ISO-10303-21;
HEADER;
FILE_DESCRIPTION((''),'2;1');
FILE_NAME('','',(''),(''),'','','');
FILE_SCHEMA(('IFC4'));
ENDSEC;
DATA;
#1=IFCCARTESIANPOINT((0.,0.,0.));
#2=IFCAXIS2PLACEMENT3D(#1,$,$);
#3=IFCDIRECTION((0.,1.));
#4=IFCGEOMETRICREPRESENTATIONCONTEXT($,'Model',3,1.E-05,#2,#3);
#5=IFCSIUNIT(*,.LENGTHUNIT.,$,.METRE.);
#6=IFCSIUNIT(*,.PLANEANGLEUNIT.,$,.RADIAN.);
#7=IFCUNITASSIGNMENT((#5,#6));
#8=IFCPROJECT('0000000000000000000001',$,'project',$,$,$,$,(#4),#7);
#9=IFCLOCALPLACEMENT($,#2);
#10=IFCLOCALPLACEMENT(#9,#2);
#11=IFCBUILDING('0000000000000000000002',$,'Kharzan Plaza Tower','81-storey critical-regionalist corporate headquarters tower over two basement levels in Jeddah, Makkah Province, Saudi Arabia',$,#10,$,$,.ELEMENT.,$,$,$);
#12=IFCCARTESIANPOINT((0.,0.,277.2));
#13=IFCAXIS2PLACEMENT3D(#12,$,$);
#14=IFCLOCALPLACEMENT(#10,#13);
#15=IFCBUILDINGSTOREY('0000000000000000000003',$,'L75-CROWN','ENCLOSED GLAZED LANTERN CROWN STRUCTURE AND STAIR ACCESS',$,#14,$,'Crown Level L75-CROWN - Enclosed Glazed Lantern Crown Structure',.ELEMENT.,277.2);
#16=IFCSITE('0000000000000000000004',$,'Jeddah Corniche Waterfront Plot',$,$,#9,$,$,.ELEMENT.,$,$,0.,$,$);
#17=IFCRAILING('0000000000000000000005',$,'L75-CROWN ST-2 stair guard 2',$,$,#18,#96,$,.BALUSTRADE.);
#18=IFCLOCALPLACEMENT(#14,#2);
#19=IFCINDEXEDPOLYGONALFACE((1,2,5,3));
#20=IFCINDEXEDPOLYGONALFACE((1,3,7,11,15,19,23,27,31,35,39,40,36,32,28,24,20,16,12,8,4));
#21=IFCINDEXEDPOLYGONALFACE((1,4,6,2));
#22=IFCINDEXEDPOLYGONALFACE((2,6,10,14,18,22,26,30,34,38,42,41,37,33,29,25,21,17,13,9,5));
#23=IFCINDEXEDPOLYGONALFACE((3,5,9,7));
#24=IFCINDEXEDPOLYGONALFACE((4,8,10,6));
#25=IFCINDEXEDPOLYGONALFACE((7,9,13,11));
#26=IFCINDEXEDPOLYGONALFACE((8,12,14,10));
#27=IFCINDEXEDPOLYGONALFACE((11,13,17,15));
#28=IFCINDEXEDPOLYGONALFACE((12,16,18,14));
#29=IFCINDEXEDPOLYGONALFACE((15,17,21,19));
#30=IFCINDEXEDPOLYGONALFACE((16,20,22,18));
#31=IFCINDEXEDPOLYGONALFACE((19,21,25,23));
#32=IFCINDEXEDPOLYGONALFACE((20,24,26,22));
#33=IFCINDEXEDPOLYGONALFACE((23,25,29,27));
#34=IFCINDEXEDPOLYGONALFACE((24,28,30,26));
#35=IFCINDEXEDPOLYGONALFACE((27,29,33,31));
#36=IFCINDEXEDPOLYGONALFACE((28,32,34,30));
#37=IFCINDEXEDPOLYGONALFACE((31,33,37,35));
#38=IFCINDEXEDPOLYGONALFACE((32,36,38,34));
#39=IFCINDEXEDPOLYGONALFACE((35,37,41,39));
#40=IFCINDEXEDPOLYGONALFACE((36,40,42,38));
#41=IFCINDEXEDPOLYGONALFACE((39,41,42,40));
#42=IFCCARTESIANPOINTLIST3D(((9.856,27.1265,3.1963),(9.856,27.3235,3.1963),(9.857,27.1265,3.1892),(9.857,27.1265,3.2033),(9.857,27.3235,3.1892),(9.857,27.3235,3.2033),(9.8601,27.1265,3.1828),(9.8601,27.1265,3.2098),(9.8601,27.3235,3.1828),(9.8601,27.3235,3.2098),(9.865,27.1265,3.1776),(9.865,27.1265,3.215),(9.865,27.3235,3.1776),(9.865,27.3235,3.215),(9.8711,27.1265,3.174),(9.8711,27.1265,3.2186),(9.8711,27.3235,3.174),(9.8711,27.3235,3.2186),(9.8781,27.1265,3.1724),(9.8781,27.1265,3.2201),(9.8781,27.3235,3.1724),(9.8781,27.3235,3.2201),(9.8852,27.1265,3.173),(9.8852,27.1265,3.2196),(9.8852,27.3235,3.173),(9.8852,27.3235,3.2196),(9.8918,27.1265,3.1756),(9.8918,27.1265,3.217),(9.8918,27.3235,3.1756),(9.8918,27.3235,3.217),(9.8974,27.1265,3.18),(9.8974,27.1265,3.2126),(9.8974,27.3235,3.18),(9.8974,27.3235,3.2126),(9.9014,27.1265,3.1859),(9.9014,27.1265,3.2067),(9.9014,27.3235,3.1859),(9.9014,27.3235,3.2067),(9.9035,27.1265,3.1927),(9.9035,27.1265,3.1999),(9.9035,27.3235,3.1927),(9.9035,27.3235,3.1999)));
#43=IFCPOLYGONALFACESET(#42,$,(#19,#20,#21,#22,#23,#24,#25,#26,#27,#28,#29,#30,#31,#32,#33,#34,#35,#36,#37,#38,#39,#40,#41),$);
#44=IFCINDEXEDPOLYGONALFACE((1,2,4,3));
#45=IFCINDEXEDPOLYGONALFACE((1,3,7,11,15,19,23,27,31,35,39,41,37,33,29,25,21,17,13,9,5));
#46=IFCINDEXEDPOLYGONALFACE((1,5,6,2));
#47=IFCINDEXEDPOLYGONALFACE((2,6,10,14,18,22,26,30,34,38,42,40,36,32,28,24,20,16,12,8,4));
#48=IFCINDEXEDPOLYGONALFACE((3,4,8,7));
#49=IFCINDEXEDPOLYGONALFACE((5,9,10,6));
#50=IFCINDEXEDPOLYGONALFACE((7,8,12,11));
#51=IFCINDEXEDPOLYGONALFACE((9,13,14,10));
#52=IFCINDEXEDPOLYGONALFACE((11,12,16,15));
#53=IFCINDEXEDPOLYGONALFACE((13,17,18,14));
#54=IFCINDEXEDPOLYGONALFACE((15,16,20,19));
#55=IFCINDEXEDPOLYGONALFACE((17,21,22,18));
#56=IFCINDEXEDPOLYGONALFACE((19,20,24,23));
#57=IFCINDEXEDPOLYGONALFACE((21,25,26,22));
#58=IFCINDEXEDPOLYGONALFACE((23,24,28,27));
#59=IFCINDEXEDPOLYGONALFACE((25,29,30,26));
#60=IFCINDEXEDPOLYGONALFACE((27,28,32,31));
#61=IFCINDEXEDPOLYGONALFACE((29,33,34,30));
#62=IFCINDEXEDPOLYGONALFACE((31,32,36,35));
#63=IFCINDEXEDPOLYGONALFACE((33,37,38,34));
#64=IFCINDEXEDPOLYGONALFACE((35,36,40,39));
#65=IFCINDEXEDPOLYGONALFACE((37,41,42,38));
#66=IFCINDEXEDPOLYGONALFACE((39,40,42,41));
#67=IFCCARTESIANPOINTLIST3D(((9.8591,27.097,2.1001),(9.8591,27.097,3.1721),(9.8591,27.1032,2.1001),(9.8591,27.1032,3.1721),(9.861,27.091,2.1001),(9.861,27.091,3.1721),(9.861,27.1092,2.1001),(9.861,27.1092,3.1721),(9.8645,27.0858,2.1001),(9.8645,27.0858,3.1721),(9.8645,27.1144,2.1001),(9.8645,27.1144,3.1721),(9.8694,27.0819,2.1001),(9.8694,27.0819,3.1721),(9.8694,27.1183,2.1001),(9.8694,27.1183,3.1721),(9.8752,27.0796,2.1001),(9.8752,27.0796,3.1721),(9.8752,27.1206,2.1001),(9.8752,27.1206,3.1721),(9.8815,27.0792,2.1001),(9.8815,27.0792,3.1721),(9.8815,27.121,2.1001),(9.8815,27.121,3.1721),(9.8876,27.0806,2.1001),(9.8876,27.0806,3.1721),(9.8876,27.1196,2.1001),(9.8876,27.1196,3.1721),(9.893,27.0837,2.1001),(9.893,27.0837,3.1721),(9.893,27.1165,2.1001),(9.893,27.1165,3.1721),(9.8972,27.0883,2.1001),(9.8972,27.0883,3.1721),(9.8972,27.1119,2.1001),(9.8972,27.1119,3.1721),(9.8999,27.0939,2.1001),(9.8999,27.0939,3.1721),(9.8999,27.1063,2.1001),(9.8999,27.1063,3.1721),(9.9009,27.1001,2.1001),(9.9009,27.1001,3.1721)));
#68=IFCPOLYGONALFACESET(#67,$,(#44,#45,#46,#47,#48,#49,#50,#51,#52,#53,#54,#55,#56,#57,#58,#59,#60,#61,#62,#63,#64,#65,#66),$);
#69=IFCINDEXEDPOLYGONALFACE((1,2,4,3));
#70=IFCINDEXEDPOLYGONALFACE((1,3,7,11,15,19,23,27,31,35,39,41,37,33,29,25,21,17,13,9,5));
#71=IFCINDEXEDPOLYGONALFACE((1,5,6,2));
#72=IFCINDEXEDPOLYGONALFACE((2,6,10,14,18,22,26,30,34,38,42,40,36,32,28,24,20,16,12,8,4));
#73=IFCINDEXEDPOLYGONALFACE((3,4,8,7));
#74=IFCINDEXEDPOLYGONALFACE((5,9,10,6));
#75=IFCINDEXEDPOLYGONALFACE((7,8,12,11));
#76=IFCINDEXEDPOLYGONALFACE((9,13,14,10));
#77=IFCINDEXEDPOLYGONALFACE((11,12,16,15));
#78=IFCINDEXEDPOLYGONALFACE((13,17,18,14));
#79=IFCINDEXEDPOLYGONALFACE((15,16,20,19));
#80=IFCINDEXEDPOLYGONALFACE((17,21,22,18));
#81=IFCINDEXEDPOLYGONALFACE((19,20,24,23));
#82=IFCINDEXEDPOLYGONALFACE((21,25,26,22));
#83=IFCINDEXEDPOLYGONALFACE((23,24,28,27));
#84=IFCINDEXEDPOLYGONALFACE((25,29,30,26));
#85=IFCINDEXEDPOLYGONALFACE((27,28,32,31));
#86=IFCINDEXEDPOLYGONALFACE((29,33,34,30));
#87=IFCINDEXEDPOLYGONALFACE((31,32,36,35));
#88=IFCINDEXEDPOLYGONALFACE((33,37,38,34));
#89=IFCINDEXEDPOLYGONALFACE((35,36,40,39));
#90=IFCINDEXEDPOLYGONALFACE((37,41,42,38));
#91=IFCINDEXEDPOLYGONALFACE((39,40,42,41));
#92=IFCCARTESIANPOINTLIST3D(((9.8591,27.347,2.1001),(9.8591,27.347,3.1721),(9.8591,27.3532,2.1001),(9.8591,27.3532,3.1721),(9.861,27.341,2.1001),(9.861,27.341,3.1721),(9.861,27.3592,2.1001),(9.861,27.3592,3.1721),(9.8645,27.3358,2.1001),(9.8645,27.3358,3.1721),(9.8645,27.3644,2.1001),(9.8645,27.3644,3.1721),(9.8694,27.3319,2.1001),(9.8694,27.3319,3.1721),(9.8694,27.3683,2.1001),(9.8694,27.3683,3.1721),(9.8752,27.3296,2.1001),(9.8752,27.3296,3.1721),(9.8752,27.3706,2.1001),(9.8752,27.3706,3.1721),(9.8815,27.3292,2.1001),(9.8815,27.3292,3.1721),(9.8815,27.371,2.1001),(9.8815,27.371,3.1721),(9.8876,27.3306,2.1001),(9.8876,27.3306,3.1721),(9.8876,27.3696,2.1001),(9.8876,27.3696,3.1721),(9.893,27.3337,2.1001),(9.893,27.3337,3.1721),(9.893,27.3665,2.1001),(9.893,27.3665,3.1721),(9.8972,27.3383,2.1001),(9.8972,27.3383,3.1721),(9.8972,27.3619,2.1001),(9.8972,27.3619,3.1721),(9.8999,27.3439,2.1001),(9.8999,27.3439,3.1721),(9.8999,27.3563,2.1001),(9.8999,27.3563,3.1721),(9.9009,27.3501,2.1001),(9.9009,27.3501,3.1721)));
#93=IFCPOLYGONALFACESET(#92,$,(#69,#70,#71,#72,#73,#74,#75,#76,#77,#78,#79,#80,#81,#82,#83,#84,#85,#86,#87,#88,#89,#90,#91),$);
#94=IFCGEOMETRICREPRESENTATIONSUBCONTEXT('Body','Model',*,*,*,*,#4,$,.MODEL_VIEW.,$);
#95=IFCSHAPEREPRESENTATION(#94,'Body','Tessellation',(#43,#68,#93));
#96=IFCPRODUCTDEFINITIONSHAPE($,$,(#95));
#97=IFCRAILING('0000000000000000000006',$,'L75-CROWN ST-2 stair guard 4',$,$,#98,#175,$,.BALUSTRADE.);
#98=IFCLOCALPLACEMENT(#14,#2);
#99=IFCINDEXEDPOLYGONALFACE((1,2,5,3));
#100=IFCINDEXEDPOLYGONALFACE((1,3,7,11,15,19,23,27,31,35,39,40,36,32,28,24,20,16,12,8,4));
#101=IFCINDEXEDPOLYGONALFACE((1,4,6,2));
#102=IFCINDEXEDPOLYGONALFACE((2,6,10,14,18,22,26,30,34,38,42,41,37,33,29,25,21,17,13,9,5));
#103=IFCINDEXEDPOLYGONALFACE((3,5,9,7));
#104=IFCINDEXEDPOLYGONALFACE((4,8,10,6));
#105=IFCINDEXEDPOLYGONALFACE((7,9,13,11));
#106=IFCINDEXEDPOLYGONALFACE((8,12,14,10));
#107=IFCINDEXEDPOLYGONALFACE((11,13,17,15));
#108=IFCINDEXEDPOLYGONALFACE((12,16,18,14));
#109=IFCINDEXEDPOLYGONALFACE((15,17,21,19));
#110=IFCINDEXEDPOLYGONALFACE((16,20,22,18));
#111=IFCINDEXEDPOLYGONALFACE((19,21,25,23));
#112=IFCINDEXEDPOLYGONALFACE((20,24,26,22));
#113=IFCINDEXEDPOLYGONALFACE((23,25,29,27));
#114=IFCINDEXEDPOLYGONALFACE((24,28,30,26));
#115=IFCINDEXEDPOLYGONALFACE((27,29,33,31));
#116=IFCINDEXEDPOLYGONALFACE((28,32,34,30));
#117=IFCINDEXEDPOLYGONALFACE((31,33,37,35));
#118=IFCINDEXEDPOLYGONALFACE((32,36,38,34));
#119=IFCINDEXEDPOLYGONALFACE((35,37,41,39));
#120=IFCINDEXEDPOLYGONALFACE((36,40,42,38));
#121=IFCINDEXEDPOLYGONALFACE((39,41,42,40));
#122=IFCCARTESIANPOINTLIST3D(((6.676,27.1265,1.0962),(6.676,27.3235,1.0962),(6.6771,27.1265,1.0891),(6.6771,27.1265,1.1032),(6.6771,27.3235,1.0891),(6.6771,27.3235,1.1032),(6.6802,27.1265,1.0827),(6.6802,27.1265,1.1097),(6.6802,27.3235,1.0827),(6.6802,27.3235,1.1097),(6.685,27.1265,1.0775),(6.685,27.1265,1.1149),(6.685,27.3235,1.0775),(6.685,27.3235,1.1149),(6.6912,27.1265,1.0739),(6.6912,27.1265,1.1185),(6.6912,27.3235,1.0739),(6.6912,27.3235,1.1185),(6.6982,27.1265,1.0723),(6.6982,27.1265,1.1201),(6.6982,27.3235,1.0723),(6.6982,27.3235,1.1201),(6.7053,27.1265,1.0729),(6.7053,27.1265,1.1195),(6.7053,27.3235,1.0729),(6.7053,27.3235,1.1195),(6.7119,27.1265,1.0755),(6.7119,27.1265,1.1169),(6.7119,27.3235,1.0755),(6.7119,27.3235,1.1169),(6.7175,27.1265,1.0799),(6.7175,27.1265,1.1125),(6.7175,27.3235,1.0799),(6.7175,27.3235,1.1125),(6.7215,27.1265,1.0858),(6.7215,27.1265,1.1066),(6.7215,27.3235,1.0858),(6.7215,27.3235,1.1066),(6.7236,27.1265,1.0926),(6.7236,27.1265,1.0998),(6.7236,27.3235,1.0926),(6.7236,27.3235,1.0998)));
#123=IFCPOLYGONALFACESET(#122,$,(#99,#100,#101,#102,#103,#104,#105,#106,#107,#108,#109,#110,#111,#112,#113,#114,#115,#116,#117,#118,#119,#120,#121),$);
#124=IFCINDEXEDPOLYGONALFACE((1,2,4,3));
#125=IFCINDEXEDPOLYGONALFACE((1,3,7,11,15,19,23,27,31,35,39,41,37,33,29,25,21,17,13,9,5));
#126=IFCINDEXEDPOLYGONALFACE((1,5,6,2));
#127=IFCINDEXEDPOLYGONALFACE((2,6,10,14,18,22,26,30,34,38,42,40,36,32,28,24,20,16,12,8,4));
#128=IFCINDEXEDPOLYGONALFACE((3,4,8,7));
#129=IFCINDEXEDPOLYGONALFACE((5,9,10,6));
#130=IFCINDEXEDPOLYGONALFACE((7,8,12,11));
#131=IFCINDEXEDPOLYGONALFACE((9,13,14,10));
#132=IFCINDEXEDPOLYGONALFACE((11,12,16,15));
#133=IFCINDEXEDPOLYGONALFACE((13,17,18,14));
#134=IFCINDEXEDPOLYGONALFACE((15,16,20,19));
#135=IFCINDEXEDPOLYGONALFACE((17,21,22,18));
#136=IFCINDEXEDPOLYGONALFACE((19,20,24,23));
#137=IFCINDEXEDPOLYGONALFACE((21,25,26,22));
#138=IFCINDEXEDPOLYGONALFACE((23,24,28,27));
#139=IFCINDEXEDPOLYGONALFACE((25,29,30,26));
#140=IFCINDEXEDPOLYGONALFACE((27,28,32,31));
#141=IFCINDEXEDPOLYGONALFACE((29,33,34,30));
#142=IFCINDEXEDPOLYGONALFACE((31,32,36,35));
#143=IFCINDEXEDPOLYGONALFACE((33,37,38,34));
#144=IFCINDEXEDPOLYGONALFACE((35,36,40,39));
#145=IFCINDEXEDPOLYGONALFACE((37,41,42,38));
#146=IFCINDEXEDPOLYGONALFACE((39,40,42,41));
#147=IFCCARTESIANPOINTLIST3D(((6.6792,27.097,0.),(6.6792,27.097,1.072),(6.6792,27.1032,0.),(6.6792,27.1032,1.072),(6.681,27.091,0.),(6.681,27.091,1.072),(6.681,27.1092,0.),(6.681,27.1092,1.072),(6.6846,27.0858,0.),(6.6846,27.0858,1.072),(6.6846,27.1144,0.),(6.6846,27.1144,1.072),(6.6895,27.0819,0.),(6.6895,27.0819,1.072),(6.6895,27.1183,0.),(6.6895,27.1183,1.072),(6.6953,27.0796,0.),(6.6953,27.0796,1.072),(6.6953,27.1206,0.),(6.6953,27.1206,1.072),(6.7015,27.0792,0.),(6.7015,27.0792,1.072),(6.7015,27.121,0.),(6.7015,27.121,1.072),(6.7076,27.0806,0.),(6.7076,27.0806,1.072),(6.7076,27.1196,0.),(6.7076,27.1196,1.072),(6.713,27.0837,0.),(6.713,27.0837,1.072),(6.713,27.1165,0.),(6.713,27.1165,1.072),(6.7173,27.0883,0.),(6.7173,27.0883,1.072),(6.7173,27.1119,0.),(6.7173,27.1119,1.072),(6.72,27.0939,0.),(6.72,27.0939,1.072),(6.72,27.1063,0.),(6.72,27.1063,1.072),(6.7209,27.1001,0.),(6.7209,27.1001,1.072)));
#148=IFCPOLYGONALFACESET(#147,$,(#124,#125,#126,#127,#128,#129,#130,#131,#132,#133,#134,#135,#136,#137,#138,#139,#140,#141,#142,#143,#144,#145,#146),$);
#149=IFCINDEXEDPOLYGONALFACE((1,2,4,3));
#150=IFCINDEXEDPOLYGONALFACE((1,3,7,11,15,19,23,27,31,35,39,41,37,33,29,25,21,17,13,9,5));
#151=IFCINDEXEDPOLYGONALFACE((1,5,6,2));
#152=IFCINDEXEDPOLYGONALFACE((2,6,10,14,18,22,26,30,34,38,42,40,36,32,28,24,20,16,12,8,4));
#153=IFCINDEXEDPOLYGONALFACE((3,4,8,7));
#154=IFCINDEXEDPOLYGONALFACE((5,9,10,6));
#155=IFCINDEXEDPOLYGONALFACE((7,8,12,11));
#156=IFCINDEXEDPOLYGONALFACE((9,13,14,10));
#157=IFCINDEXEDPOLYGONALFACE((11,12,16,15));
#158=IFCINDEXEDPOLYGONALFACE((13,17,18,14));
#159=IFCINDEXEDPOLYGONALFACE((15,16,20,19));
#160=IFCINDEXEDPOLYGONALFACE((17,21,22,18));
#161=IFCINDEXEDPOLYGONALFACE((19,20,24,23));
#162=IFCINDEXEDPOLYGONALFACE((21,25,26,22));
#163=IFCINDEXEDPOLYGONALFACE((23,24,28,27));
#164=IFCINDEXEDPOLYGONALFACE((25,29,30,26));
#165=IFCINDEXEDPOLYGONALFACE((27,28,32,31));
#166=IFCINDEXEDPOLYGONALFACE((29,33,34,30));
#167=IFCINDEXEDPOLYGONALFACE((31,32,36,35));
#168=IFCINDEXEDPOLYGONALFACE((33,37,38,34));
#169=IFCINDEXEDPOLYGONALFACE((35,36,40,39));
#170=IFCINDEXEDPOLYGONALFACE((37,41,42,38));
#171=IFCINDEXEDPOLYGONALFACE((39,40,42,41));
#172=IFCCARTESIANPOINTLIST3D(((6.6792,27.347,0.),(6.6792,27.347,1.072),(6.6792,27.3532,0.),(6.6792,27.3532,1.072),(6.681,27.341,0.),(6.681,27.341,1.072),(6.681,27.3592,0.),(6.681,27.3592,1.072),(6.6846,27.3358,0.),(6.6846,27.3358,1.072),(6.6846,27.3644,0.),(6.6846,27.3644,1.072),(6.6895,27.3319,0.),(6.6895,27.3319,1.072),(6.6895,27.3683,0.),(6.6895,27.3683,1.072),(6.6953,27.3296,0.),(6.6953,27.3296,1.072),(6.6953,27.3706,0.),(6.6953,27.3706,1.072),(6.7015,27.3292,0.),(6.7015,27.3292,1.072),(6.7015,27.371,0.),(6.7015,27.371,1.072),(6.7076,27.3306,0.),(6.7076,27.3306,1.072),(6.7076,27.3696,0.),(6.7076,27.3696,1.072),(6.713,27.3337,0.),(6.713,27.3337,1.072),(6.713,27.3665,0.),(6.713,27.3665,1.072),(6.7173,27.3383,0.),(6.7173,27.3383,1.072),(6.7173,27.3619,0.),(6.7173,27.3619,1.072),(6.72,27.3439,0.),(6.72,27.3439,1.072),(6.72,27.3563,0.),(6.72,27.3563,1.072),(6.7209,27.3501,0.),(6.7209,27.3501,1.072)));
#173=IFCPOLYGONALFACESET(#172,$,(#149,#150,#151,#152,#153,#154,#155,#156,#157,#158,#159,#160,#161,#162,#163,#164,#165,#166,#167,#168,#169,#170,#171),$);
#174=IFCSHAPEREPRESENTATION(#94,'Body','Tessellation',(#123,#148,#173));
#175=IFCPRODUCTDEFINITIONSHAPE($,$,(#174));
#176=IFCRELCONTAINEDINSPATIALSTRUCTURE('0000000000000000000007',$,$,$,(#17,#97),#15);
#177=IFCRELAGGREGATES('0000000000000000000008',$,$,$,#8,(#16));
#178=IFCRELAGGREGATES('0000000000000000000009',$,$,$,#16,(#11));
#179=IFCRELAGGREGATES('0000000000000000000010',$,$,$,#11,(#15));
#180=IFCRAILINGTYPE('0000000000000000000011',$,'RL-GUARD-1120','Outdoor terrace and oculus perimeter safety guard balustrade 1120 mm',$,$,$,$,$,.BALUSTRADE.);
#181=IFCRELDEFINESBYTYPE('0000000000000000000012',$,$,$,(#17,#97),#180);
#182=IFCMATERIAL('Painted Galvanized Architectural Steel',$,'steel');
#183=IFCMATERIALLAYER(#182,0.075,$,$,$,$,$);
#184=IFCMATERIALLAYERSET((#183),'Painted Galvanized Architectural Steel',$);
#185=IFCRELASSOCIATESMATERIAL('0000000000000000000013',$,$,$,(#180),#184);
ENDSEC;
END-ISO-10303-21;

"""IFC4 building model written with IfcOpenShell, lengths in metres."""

from ifc_helpers import new_model, si_unit, direction, frame, origin, origin_2d, place, context, subcontext, project, spatial, circle, extrude, source, transform, mapped, material, layer, layer_set, type_object, element, save


model = new_model("IFC4")

# Units and contexts
model_context = context("Model", 3, precision=1e-05, world=origin(), true_north=direction((0.0, 1.0)))
body_context = subcontext(model_context, "Body", "Model", "MODEL_VIEW")
ifc_project = project(units=[si_unit("LENGTHUNIT", "METRE"), si_unit("PLANEANGLEUNIT", "RADIAN")], contexts=[model_context])

# Site, building, storey
site_placement = place(None, origin())
site = spatial("IfcSite", under=ifc_project, at=site_placement, Name="Jeddah Corniche Waterfront Plot", CompositionType="ELEMENT", RefElevation=0.0)
building_placement = place(site_placement, origin())
building = spatial("IfcBuilding", under=site, at=building_placement, Name="Kharzan Plaza Tower", Description="81-storey critical-regionalist corporate headquarters tower over two basement levels in Jeddah, Makkah Province, Saudi Arabia", CompositionType="ELEMENT")
storey_placement = place(building_placement, frame((0.0, 0.0, 277.2)))
storey = spatial("IfcBuildingStorey", under=building, at=storey_placement, Name="L75-CROWN", Description="ENCLOSED GLAZED LANTERN CROWN STRUCTURE AND STAIR ACCESS", LongName="Crown Level L75-CROWN - Enclosed Glazed Lantern Crown Structure", CompositionType="ELEMENT", Elevation=277.2)

# Railings
ifc_material_1 = material(Name="Painted Galvanized Architectural Steel", Category="steel")
ifc_layer_1 = layer(ifc_material_1, 0.075)
ifc_layer_set_1 = layer_set([ifc_layer_1], Name="Painted Galvanized Architectural Steel")
railing_type_1 = type_object("IfcRailingType", Name="RL-GUARD-1120", Description="Outdoor terrace and oculus perimeter safety guard balustrade 1120 mm", PredefinedType="BALUSTRADE", material=ifc_layer_set_1)
shared_shape_1 = source(origin(), body_context, "Body", "SweptSolid", [
    extrude(circle(Radius=0.0239, at=origin_2d()), frame((0.0, 0.0264, 1.0962), z_axis=(0.0, 1.0, 0.0), x_axis=(-1.0, 0.0, 0.0)), (0.0, 0.0, 1.0), 0.197),
    extrude(circle(Radius=0.021, at=origin_2d()), origin(), (0.0, 0.0, 1.0), 1.072),
    extrude(circle(Radius=0.021, at=origin_2d()), frame((0.0, 0.25, 0.0)), (0.0, 0.0, 1.0), 1.072),
])
for number, where, name in (
    (1, (9.8799, 27.1001, 2.1001), "L75-CROWN ST-2 stair guard 2"),
    (2, (6.7, 27.1001, 0.0), "L75-CROWN ST-2 stair guard 4"),
):
    element("IfcRailing", number, at=place(storey_placement, frame(where)), inside=storey, type_object=railing_type_1, Name=name, PredefinedType="BALUSTRADE", context=body_context, shape_type="MappedRepresentation", body=[
        mapped(shared_shape_1, transform((0.0, 0.0, 0.0), x_axis=(1.0, 0.0, 0.0), y_axis=(0.0, 1.0, 0.0), z_axis=(0.0, 0.0, 1.0))),
    ])

save(model, "model.ifc")
